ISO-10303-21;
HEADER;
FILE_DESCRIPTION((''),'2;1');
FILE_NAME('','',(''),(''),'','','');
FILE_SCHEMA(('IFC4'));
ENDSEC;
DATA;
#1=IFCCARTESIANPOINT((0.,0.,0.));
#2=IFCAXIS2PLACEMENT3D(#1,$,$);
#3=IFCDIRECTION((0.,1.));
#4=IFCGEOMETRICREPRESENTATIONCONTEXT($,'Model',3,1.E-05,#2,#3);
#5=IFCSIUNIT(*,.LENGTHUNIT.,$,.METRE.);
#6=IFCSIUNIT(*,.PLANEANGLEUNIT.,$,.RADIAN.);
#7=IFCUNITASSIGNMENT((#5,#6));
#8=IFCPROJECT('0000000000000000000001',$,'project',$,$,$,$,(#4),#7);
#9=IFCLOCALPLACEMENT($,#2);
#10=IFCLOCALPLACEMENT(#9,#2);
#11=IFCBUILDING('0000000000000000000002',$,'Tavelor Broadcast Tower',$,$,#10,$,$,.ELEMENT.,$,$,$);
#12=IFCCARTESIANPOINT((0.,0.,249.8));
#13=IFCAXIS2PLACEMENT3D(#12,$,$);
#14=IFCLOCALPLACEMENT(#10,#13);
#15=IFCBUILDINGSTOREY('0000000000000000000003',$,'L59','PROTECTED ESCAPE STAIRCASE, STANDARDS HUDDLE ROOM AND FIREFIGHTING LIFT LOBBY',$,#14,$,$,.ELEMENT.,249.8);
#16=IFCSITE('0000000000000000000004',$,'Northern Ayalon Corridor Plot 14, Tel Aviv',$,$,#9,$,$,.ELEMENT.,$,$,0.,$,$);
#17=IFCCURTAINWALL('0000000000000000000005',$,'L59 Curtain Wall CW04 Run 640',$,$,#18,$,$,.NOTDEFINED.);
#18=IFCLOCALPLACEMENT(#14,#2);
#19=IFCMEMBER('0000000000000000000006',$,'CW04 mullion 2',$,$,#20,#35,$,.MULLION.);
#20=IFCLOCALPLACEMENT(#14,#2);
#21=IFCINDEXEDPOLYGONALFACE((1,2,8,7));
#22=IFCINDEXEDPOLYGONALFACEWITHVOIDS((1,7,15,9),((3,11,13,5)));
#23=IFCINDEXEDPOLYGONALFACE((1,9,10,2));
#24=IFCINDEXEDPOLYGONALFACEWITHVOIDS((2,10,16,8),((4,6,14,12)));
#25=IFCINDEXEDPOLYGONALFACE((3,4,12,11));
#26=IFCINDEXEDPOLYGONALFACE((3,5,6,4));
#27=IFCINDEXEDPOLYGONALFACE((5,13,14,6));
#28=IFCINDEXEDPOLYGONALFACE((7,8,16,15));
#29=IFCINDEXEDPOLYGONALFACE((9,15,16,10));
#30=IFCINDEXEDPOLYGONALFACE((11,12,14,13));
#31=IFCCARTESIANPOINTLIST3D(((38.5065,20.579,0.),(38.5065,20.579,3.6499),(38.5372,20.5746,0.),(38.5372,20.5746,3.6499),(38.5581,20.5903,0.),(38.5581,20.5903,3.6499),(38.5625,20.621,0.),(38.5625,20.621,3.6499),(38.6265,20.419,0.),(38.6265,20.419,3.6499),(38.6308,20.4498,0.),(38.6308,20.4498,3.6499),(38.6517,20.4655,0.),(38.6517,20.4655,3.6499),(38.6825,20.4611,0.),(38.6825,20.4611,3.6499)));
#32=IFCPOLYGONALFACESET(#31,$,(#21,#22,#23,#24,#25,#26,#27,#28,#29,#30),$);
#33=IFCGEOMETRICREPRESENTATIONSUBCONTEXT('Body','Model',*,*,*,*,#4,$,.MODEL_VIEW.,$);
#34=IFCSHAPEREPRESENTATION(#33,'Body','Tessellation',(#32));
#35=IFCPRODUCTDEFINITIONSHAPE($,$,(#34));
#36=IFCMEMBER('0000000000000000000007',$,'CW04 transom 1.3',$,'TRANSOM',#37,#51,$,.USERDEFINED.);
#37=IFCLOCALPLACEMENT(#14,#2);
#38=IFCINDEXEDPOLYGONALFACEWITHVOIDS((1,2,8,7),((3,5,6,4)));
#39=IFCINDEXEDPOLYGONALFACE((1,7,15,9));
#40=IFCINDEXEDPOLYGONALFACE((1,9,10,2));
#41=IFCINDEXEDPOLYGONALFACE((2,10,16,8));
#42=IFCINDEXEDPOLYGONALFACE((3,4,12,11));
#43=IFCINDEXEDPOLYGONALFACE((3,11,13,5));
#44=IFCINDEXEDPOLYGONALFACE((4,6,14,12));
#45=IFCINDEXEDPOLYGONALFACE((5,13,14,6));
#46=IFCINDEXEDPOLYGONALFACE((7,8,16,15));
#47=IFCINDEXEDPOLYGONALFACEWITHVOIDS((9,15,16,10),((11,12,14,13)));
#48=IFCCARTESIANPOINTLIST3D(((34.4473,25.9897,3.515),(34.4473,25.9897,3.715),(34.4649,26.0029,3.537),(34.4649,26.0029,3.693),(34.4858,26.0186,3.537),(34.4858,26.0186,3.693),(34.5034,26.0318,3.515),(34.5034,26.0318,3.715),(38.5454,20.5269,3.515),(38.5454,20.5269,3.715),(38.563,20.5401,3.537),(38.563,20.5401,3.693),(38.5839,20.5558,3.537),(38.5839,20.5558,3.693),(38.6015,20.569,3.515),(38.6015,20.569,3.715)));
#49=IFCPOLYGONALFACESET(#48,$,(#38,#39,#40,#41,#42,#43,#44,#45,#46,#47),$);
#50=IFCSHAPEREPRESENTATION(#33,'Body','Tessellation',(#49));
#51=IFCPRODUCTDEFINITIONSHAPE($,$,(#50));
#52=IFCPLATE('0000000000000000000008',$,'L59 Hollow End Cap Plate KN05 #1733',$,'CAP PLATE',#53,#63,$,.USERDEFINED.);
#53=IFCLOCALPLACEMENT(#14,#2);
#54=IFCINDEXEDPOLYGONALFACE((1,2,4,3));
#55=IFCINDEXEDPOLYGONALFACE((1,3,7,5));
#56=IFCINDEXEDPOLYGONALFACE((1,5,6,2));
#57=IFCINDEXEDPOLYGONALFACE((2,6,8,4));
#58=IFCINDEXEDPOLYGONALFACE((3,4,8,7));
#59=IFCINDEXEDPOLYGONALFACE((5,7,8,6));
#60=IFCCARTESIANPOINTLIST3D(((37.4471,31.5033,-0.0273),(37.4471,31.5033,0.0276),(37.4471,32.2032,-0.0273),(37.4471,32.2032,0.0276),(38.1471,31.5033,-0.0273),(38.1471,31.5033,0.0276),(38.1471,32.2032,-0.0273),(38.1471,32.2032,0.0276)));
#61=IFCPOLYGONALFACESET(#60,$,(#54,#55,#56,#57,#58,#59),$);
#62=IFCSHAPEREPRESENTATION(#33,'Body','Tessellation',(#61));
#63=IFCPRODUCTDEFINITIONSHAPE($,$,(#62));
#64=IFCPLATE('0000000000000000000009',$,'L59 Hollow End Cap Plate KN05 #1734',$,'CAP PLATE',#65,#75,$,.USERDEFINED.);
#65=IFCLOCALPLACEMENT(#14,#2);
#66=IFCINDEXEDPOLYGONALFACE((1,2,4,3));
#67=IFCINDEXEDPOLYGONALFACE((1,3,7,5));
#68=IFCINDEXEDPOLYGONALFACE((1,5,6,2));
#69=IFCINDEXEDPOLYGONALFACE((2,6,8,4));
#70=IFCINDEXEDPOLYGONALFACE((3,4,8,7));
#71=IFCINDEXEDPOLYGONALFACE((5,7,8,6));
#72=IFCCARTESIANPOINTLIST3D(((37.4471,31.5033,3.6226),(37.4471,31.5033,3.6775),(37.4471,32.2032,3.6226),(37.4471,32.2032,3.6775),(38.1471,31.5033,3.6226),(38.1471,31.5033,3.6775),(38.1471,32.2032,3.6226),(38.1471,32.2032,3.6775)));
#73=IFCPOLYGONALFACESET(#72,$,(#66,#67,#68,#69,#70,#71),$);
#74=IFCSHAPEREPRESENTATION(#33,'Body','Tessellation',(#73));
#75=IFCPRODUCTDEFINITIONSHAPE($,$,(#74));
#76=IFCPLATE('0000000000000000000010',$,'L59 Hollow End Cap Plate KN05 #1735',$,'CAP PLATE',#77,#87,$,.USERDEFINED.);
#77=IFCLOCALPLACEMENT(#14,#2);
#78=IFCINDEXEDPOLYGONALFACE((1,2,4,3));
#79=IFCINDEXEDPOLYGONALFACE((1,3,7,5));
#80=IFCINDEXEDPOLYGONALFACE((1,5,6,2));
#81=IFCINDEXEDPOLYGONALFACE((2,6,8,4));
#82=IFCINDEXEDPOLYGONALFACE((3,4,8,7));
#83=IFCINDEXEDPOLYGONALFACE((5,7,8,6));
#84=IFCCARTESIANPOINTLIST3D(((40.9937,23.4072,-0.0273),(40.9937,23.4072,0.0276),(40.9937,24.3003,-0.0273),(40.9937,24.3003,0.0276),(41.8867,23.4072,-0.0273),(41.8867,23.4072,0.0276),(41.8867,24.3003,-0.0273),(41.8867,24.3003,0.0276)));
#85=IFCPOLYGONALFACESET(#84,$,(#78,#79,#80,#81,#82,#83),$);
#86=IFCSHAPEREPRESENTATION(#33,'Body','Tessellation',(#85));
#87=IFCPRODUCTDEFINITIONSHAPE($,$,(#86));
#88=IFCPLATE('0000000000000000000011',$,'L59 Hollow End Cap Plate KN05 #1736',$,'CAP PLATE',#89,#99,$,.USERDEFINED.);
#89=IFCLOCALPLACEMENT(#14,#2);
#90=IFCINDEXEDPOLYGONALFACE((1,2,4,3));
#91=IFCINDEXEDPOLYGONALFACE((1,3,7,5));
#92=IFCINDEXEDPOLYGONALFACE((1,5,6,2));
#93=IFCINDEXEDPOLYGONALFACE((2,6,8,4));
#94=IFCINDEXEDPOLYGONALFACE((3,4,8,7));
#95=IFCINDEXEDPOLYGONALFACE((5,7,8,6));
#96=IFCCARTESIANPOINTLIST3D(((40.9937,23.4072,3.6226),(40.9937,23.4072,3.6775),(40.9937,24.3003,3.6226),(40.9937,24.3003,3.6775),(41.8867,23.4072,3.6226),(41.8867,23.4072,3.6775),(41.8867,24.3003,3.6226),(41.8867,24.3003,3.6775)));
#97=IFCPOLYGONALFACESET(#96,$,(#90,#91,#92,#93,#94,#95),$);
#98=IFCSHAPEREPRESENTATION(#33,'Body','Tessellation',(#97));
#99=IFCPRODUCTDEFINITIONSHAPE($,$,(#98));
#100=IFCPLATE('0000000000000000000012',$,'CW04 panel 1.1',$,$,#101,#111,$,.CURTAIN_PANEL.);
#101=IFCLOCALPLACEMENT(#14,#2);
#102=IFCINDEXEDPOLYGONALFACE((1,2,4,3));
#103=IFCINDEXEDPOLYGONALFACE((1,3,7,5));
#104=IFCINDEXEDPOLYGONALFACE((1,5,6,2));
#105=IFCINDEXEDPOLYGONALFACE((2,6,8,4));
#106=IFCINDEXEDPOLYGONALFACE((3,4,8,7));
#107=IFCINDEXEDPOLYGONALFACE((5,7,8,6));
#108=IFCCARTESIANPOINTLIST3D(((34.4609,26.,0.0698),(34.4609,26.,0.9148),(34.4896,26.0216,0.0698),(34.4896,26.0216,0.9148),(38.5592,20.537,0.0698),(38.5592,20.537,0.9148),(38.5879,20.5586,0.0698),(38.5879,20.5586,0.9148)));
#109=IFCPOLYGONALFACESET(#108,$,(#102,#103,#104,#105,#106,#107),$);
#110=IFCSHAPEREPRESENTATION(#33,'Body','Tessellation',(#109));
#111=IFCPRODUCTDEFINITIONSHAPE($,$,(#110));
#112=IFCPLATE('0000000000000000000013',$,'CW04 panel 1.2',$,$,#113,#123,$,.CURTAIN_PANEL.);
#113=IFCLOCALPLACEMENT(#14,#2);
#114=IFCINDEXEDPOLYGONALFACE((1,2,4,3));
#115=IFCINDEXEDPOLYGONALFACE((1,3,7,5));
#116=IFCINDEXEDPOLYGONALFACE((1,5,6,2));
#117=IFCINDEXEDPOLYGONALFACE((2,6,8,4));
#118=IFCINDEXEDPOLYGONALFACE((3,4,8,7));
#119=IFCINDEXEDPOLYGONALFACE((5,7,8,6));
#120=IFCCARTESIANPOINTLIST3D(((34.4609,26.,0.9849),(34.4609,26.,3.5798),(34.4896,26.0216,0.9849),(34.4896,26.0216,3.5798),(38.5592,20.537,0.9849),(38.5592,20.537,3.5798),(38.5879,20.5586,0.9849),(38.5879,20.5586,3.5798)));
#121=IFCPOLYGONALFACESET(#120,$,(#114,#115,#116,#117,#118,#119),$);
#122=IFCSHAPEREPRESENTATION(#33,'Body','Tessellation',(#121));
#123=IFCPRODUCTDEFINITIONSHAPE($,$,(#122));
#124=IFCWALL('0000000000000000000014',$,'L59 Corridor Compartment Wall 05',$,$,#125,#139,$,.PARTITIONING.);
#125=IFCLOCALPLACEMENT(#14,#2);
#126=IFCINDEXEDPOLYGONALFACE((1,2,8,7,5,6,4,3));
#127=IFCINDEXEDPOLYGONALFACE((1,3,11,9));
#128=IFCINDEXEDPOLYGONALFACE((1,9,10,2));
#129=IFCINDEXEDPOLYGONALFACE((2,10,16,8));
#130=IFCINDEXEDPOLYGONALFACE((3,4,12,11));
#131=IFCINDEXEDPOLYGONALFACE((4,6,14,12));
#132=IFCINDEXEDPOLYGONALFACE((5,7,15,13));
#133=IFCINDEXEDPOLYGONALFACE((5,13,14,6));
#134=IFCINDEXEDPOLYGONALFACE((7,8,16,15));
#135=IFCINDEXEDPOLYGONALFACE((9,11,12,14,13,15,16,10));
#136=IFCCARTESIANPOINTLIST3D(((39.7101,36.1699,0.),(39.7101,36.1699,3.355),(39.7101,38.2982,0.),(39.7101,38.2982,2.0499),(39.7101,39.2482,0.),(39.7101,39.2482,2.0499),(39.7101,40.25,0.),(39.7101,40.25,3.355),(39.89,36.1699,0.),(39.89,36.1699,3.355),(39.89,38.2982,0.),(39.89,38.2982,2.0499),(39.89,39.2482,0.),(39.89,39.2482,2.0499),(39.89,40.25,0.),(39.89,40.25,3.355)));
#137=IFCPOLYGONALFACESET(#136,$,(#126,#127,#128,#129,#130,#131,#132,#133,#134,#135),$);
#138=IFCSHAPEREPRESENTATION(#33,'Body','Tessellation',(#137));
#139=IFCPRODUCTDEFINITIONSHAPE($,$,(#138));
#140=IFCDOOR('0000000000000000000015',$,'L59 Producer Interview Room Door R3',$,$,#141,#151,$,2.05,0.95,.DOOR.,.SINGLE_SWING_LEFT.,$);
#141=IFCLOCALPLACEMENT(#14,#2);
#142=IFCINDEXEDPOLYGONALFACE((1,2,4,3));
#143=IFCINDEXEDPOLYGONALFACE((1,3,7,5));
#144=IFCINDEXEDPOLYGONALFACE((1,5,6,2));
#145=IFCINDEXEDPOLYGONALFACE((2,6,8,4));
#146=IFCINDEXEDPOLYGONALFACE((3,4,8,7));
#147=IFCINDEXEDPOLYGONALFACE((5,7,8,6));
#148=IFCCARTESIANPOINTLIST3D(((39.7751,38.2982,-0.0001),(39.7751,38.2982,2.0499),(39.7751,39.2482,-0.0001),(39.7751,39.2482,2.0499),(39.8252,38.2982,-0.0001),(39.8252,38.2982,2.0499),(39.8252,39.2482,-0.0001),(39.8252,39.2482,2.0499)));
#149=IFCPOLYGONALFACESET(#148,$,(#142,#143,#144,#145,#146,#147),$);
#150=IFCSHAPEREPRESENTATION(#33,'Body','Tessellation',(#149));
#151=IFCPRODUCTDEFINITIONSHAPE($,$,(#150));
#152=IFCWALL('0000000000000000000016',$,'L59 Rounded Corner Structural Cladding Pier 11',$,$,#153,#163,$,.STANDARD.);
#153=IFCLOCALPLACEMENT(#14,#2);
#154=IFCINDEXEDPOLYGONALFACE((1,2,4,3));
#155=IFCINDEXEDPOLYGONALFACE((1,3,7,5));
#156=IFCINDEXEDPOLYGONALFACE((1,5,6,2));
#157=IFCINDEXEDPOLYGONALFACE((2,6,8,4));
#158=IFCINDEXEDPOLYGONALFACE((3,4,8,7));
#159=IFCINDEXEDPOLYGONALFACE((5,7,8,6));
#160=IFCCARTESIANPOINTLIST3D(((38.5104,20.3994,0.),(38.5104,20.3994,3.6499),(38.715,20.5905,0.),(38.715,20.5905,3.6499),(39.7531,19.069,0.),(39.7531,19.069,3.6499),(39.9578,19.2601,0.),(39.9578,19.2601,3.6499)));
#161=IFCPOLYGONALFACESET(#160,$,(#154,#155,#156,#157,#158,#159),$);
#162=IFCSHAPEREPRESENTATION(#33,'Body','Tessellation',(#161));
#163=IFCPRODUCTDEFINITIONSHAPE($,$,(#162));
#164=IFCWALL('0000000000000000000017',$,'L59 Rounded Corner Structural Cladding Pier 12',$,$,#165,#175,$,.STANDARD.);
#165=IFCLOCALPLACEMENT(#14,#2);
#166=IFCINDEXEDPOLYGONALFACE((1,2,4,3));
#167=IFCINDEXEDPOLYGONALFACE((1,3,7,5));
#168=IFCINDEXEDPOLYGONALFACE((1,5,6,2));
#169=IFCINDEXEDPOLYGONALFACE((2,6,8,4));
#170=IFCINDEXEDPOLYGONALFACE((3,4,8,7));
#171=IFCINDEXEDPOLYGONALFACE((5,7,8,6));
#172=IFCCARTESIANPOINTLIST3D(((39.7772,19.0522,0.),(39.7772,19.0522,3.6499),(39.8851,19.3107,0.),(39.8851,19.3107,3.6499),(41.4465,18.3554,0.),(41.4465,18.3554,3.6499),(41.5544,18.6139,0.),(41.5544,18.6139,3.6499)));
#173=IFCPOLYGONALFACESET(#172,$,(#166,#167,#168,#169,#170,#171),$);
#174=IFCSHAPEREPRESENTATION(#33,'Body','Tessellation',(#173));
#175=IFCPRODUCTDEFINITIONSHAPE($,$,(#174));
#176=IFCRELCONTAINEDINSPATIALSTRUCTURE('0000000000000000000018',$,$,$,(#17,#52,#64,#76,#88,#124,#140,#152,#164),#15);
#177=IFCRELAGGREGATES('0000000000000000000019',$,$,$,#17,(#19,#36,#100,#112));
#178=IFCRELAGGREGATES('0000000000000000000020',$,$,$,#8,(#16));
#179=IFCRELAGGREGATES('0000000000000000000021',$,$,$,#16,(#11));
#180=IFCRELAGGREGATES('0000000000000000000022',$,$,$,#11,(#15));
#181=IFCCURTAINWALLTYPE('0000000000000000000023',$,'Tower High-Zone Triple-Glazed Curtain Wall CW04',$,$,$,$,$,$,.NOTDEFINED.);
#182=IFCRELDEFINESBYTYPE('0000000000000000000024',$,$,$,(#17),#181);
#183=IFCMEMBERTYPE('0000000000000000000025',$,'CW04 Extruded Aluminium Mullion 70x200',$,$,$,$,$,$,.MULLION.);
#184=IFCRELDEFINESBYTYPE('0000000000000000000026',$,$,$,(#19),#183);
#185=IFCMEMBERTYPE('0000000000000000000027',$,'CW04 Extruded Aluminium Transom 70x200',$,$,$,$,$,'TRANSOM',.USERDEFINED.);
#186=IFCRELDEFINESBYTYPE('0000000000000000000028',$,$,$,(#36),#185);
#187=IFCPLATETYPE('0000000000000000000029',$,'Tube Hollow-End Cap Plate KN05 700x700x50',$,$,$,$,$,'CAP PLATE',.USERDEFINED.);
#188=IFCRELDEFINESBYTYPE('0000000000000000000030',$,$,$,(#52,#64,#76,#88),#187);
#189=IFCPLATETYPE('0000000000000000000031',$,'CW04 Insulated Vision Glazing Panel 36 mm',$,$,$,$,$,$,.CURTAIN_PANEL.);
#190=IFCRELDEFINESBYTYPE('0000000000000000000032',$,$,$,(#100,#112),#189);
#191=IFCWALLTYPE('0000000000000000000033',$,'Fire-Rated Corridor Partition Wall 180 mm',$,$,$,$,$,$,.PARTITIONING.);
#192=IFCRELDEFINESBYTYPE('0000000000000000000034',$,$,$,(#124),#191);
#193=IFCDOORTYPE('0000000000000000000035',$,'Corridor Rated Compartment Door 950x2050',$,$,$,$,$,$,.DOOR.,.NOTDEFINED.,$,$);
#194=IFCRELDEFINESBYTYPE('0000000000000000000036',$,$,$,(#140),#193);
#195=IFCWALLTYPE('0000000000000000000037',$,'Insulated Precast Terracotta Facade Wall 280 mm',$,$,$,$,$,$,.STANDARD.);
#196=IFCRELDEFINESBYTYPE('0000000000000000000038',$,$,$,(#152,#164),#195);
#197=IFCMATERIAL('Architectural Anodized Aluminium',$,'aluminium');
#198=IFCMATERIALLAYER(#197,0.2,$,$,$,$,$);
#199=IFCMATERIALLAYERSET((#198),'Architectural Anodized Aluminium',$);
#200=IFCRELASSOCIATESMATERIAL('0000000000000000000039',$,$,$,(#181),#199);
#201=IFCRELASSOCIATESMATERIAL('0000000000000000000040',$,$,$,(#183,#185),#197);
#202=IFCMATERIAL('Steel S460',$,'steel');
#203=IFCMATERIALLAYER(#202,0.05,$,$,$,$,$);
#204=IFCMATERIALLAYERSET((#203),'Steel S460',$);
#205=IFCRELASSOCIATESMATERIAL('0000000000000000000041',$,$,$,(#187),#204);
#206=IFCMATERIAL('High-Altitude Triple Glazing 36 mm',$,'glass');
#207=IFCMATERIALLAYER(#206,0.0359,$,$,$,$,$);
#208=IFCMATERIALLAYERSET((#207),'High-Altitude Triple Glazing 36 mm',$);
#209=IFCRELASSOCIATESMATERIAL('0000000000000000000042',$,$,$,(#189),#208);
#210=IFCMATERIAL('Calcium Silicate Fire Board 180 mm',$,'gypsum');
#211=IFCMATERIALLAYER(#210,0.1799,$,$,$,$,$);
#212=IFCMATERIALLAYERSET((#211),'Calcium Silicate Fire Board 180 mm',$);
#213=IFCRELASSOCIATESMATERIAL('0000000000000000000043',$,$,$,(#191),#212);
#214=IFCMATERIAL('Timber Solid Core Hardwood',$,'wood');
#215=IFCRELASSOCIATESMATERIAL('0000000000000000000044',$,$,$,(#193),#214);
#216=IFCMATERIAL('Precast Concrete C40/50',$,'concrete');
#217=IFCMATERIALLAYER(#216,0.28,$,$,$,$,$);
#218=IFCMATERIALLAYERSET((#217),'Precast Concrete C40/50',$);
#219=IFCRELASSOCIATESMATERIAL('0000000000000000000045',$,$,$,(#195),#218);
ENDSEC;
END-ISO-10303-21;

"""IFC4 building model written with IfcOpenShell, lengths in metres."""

from ifc_helpers import new_model, si_unit, direction, frame, frame_2d, origin, origin_2d, place, context, subcontext, project, spatial, rectangle, hollow_rectangle, extrude, source, transform, mapped, material, layer, layer_set, material_profile, profile_set, type_object, type_shapes, element, fill, aggregate, save


model = new_model("IFC4")

# Units and contexts
model_context = context("Model", 3, precision=1e-05, world=origin(), true_north=direction((0.0, 1.0)))
body_context = subcontext(model_context, "Body", "Model", "MODEL_VIEW")
ifc_project = project(units=[si_unit("LENGTHUNIT", "METRE"), si_unit("PLANEANGLEUNIT", "RADIAN")], contexts=[model_context])

# Site, building, storey
site_placement = place(None, origin())
site = spatial("IfcSite", under=ifc_project, at=site_placement, Name="Northern Ayalon Corridor Plot 14, Tel Aviv", CompositionType="ELEMENT", RefElevation=0.0)
building_placement = place(site_placement, origin())
building = spatial("IfcBuilding", under=site, at=building_placement, Name="Tavelor Broadcast Tower", CompositionType="ELEMENT")
storey_placement = place(building_placement, frame((0.0, 0.0, 249.8)))
storey = spatial("IfcBuildingStorey", under=building, at=storey_placement, Name="L59", Description="PROTECTED ESCAPE STAIRCASE, STANDARDS HUDDLE ROOM AND FIREFIGHTING LIFT LOBBY", CompositionType="ELEMENT", Elevation=249.8)

# Shared definitions
ifc_material_1 = material(Name="Steel S460", Category="steel")

# Curtain wall, members
ifc_material_2 = material(Name="Architectural Anodized Aluminium", Category="aluminium")
ifc_layer_1 = layer(ifc_material_2, 0.2)
ifc_layer_set_1 = layer_set([ifc_layer_1], Name="Architectural Anodized Aluminium")
curtain_wall_type = type_object("IfcCurtainWallType", Name="Tower High-Zone Triple-Glazed Curtain Wall CW04", PredefinedType="NOTDEFINED", material=ifc_layer_set_1)
curtain_wall_placement = place(storey_placement, origin())
curtain_wall = element("IfcCurtainWall", 1, at=curtain_wall_placement, inside=storey, type_object=curtain_wall_type, Name="L59 Curtain Wall CW04 Run 640", PredefinedType="NOTDEFINED")
ifc_material_profile_1 = material_profile(ifc_material_2, hollow_rectangle(XDim=0.0701, YDim=0.2, WallThickness=0.022, at=origin_2d()), Name="RHS 70x200x22")
ifc_profile_set_1 = profile_set([ifc_material_profile_1], Name="Architectural Anodized Aluminium")
member_type_1 = type_object("IfcMemberType", Name="CW04 Extruded Aluminium Mullion 70x200", PredefinedType="MULLION", material=ifc_profile_set_1)
shared_shape_1 = source(origin(), body_context, "Body", "SweptSolid", [
    extrude(hollow_rectangle(XDim=0.0701, YDim=0.2, WallThickness=0.022, at=origin_2d()), origin(), (0.0, 0.0, 1.0), 3.6499),
])
type_shapes(member_type_1, [shared_shape_1])
member_1_placement = place(storey_placement, frame((38.5945, 20.52, 0.0), z_axis=(0.0, 0.0, 1.0), x_axis=(0.799929, 0.600094, 0.0)))
member_1 = element("IfcMember", 2, at=member_1_placement, type_object=member_type_1, Name="CW04 mullion 2", PredefinedType="MULLION", context=body_context, shape_type="MappedRepresentation", body=[
    mapped(shared_shape_1, transform((0.0, 0.0, 0.0), scale=1.0)),
])
ifc_material_profile_2 = material_profile(ifc_material_2, hollow_rectangle(XDim=0.0701, YDim=0.2, WallThickness=0.022, at=origin_2d()), Name="RHS 70x200x22")
ifc_profile_set_2 = profile_set([ifc_material_profile_2], Name="Architectural Anodized Aluminium")
member_type_2 = type_object("IfcMemberType", Name="CW04 Extruded Aluminium Transom 70x200", ElementType="TRANSOM", PredefinedType="USERDEFINED", material=ifc_profile_set_2)
shared_shape_2 = source(origin(), body_context, "Body", "SweptSolid", [
    extrude(hollow_rectangle(XDim=0.0701, YDim=0.2, WallThickness=0.022, at=origin_2d()), origin(), (0.0, 0.0, 1.0), 6.8291),
])
type_shapes(member_type_2, [shared_shape_2])
member_2_placement = place(storey_placement, frame((34.4753, 26.0107, 3.615), z_axis=(0.600092, -0.799931, 0.0), x_axis=(0.799931, 0.600092, 0.0)))
member_2 = element("IfcMember", 3, at=member_2_placement, type_object=member_type_2, Name="CW04 transom 1.3", ObjectType="TRANSOM", PredefinedType="USERDEFINED", context=body_context, shape_type="MappedRepresentation", body=[
    mapped(shared_shape_2, transform((0.0, 0.0, 0.0), scale=1.0)),
])

# Plates
ifc_layer_2 = layer(ifc_material_1, 0.05)
ifc_layer_set_2 = layer_set([ifc_layer_2], Name="Steel S460")
plate_type_1 = type_object("IfcPlateType", Name="Tube Hollow-End Cap Plate KN05 700x700x50", ElementType="CAP PLATE", PredefinedType="USERDEFINED", material=ifc_layer_set_2)
shared_shape_3 = source(origin(), body_context, "Body", "SweptSolid", [
    extrude(rectangle(XDim=0.7, YDim=0.7, at=origin_2d()), origin(), (0.0, 0.0, 1.0), 0.0549),
])
for number, where, z_axis, x_axis, name in (
    (4, (37.7971, 31.8533, -0.0273), (0.0, 0.0, 1.0), (1.0, 0.0, 0.0), "L59 Hollow End Cap Plate KN05 #1733"),
    (5, (37.7971, 31.8533, 3.6226), (0.0, 0.0, 1.0), (1.0, 0.0, 0.0), "L59 Hollow End Cap Plate KN05 #1734"),
):
    element("IfcPlate", number, at=place(storey_placement, frame(where, z_axis=z_axis, x_axis=x_axis)), inside=storey, type_object=plate_type_1, Name=name, ObjectType="CAP PLATE", PredefinedType="USERDEFINED", context=body_context, shape_type="MappedRepresentation", body=[
        mapped(shared_shape_3, transform((0.0, 0.0, 0.0), scale=1.0)),
    ])
shared_shape_4 = source(origin(), body_context, "Body", "SweptSolid", [
    extrude(rectangle(XDim=0.8931, YDim=0.8931, at=origin_2d()), origin(), (0.0, 0.0, 1.0), 0.0549),
])
type_shapes(plate_type_1, [shared_shape_3, shared_shape_4])
for number, where, z_axis, x_axis, name in (
    (6, (41.4402, 23.8538, -0.0273), (0.0, 0.0, 1.0), (1.0, 0.0, 0.0), "L59 Hollow End Cap Plate KN05 #1735"),
    (7, (41.4402, 23.8538, 3.6226), (0.0, 0.0, 1.0), (1.0, 0.0, 0.0), "L59 Hollow End Cap Plate KN05 #1736"),
):
    element("IfcPlate", number, at=place(storey_placement, frame(where, z_axis=z_axis, x_axis=x_axis)), inside=storey, type_object=plate_type_1, Name=name, ObjectType="CAP PLATE", PredefinedType="USERDEFINED", context=body_context, shape_type="MappedRepresentation", body=[
        mapped(shared_shape_4, transform((0.0, 0.0, 0.0), scale=1.0)),
    ])

# Plates
ifc_material_3 = material(Name="High-Altitude Triple Glazing 36 mm", Category="glass")
ifc_layer_3 = layer(ifc_material_3, 0.0359)
ifc_layer_set_3 = layer_set([ifc_layer_3], Name="High-Altitude Triple Glazing 36 mm")
plate_type_2 = type_object("IfcPlateType", Name="CW04 Insulated Vision Glazing Panel 36 mm", PredefinedType="CURTAIN_PANEL", material=ifc_layer_set_3)
shared_shape_5 = source(origin(), body_context, "Body", "SweptSolid", [
    extrude(rectangle(XDim=6.8293, YDim=0.0359, at=origin_2d()), origin(), (0.0, 0.0, 1.0), 0.845),
])
plate_1_placement = place(storey_placement, frame((36.5244, 23.2793, 0.0698), z_axis=(0.0, 0.0, 1.0), x_axis=(0.600094, -0.799929, 0.0)))
plate_1 = element("IfcPlate", 8, at=plate_1_placement, type_object=plate_type_2, Name="CW04 panel 1.1", PredefinedType="CURTAIN_PANEL", context=body_context, shape_type="MappedRepresentation", body=[
    mapped(shared_shape_5, transform((0.0, 0.0, 0.0), scale=1.0)),
])
shared_shape_6 = source(origin(), body_context, "Body", "SweptSolid", [
    extrude(rectangle(XDim=6.8293, YDim=0.0359, at=origin_2d()), origin(), (0.0, 0.0, 1.0), 2.595),
])
type_shapes(plate_type_2, [shared_shape_5, shared_shape_6])
plate_2_placement = place(storey_placement, frame((36.5244, 23.2793, 0.9849), z_axis=(0.0, 0.0, 1.0), x_axis=(0.600094, -0.799929, 0.0)))
plate_2 = element("IfcPlate", 9, at=plate_2_placement, type_object=plate_type_2, Name="CW04 panel 1.2", PredefinedType="CURTAIN_PANEL", context=body_context, shape_type="MappedRepresentation", body=[
    mapped(shared_shape_6, transform((0.0, 0.0, 0.0), scale=1.0)),
])
aggregate(curtain_wall, [member_1, member_2, plate_1, plate_2])

# Wall, opening, door
ifc_material_4 = material(Name="Calcium Silicate Fire Board 180 mm", Category="gypsum")
ifc_layer_4 = layer(ifc_material_4, 0.1799)
ifc_layer_set_4 = layer_set([ifc_layer_4], Name="Calcium Silicate Fire Board 180 mm")
wall_type_1 = type_object("IfcWallType", Name="Fire-Rated Corridor Partition Wall 180 mm", PredefinedType="PARTITIONING", material=ifc_layer_set_4)
wall_1_placement = place(storey_placement, frame((39.8, 36.1699, 0.0), z_axis=(0.0, 0.0, 1.0), x_axis=(0.0, 1.0, 0.0)))
wall_1 = element("IfcWall", 10, at=wall_1_placement, inside=storey, type_object=wall_type_1, Name="L59 Corridor Compartment Wall 05", PredefinedType="PARTITIONING", context=body_context, shape_type="SweptSolid", body=[
    extrude(rectangle(XDim=4.0801, YDim=0.1799, at=frame_2d((2.04, 0.0))), origin(), (0.0, 0.0, 1.0), 3.355),
])
opening_placement = place(wall_1_placement, frame((2.1282, 0.0, 0.0)))
opening = element("IfcOpeningElement", 11, at=opening_placement, cuts=wall_1, PredefinedType="OPENING", context=body_context, shape_type="SweptSolid", body=[
    extrude(rectangle(XDim=0.95, YDim=2.05, at=frame_2d((0.4751, 1.0249))), frame((0.0, 0.1001, 0.0), z_axis=(0.0, -1.0, 0.0), x_axis=(1.0, 0.0, 0.0)), (0.0, 0.0, 1.0), 0.2),
])
ifc_material_5 = material(Name="Timber Solid Core Hardwood", Category="wood")
door_type = type_object("IfcDoorType", Name="Corridor Rated Compartment Door 950x2050", OperationType="NOTDEFINED", PredefinedType="DOOR", material=ifc_material_5)
door_placement = place(opening_placement, origin())
door = element("IfcDoor", 12, at=door_placement, inside=storey, type_object=door_type, Name="L59 Producer Interview Room Door R3", OperationType="SINGLE_SWING_LEFT", OverallHeight=2.05, OverallWidth=0.95, PredefinedType="DOOR", context=body_context, shape_type="SweptSolid", body=[
    extrude(rectangle(XDim=0.95, YDim=2.05, at=frame_2d((0.4751, 1.0249))), frame((0.0, 0.0249, 0.0), z_axis=(0.0, -1.0, 0.0), x_axis=(1.0, 0.0, 0.0)), (0.0, 0.0, 1.0), 0.05),
])
fill(opening, door)

# Walls
ifc_material_6 = material(Name="Precast Concrete C40/50", Category="concrete")
ifc_layer_5 = layer(ifc_material_6, 0.28)
ifc_layer_set_5 = layer_set([ifc_layer_5], Name="Precast Concrete C40/50")
wall_type_2 = type_object("IfcWallType", Name="Insulated Precast Terracotta Facade Wall 280 mm", PredefinedType="STANDARD", material=ifc_layer_set_5)
wall_2_placement = place(storey_placement, frame((38.6128, 20.4949, 0.0), z_axis=(0.0, 0.0, 1.0), x_axis=(0.682624, -0.73077, 0.0)))
element("IfcWall", 13, at=wall_2_placement, inside=storey, type_object=wall_type_2, Name="L59 Rounded Corner Structural Cladding Pier 11", PredefinedType="STANDARD", context=body_context, shape_type="SweptSolid", body=[
    extrude(rectangle(XDim=1.8206, YDim=0.28, at=frame_2d((0.9102, 0.0))), origin(), (0.0, 0.0, 1.0), 3.6499),
])
for number, where, z_axis, x_axis, name in (
    (14, (39.8313, 19.1814, 0.0), (0.0, 0.0, 1.0), (0.922825, -0.385219, 0.0), "L59 Rounded Corner Structural Cladding Pier 12"),
):
    element("IfcWall", number, at=place(storey_placement, frame(where, z_axis=z_axis, x_axis=x_axis)), inside=storey, type_object=wall_type_2, Name=name, PredefinedType="STANDARD", context=body_context, shape_type="SweptSolid", body=[
        extrude(rectangle(XDim=1.8088, YDim=0.28, at=frame_2d((0.9043, 0.0))), origin(), (0.0, 0.0, 1.0), 3.6499),
    ])

save(model, "model.ifc")
